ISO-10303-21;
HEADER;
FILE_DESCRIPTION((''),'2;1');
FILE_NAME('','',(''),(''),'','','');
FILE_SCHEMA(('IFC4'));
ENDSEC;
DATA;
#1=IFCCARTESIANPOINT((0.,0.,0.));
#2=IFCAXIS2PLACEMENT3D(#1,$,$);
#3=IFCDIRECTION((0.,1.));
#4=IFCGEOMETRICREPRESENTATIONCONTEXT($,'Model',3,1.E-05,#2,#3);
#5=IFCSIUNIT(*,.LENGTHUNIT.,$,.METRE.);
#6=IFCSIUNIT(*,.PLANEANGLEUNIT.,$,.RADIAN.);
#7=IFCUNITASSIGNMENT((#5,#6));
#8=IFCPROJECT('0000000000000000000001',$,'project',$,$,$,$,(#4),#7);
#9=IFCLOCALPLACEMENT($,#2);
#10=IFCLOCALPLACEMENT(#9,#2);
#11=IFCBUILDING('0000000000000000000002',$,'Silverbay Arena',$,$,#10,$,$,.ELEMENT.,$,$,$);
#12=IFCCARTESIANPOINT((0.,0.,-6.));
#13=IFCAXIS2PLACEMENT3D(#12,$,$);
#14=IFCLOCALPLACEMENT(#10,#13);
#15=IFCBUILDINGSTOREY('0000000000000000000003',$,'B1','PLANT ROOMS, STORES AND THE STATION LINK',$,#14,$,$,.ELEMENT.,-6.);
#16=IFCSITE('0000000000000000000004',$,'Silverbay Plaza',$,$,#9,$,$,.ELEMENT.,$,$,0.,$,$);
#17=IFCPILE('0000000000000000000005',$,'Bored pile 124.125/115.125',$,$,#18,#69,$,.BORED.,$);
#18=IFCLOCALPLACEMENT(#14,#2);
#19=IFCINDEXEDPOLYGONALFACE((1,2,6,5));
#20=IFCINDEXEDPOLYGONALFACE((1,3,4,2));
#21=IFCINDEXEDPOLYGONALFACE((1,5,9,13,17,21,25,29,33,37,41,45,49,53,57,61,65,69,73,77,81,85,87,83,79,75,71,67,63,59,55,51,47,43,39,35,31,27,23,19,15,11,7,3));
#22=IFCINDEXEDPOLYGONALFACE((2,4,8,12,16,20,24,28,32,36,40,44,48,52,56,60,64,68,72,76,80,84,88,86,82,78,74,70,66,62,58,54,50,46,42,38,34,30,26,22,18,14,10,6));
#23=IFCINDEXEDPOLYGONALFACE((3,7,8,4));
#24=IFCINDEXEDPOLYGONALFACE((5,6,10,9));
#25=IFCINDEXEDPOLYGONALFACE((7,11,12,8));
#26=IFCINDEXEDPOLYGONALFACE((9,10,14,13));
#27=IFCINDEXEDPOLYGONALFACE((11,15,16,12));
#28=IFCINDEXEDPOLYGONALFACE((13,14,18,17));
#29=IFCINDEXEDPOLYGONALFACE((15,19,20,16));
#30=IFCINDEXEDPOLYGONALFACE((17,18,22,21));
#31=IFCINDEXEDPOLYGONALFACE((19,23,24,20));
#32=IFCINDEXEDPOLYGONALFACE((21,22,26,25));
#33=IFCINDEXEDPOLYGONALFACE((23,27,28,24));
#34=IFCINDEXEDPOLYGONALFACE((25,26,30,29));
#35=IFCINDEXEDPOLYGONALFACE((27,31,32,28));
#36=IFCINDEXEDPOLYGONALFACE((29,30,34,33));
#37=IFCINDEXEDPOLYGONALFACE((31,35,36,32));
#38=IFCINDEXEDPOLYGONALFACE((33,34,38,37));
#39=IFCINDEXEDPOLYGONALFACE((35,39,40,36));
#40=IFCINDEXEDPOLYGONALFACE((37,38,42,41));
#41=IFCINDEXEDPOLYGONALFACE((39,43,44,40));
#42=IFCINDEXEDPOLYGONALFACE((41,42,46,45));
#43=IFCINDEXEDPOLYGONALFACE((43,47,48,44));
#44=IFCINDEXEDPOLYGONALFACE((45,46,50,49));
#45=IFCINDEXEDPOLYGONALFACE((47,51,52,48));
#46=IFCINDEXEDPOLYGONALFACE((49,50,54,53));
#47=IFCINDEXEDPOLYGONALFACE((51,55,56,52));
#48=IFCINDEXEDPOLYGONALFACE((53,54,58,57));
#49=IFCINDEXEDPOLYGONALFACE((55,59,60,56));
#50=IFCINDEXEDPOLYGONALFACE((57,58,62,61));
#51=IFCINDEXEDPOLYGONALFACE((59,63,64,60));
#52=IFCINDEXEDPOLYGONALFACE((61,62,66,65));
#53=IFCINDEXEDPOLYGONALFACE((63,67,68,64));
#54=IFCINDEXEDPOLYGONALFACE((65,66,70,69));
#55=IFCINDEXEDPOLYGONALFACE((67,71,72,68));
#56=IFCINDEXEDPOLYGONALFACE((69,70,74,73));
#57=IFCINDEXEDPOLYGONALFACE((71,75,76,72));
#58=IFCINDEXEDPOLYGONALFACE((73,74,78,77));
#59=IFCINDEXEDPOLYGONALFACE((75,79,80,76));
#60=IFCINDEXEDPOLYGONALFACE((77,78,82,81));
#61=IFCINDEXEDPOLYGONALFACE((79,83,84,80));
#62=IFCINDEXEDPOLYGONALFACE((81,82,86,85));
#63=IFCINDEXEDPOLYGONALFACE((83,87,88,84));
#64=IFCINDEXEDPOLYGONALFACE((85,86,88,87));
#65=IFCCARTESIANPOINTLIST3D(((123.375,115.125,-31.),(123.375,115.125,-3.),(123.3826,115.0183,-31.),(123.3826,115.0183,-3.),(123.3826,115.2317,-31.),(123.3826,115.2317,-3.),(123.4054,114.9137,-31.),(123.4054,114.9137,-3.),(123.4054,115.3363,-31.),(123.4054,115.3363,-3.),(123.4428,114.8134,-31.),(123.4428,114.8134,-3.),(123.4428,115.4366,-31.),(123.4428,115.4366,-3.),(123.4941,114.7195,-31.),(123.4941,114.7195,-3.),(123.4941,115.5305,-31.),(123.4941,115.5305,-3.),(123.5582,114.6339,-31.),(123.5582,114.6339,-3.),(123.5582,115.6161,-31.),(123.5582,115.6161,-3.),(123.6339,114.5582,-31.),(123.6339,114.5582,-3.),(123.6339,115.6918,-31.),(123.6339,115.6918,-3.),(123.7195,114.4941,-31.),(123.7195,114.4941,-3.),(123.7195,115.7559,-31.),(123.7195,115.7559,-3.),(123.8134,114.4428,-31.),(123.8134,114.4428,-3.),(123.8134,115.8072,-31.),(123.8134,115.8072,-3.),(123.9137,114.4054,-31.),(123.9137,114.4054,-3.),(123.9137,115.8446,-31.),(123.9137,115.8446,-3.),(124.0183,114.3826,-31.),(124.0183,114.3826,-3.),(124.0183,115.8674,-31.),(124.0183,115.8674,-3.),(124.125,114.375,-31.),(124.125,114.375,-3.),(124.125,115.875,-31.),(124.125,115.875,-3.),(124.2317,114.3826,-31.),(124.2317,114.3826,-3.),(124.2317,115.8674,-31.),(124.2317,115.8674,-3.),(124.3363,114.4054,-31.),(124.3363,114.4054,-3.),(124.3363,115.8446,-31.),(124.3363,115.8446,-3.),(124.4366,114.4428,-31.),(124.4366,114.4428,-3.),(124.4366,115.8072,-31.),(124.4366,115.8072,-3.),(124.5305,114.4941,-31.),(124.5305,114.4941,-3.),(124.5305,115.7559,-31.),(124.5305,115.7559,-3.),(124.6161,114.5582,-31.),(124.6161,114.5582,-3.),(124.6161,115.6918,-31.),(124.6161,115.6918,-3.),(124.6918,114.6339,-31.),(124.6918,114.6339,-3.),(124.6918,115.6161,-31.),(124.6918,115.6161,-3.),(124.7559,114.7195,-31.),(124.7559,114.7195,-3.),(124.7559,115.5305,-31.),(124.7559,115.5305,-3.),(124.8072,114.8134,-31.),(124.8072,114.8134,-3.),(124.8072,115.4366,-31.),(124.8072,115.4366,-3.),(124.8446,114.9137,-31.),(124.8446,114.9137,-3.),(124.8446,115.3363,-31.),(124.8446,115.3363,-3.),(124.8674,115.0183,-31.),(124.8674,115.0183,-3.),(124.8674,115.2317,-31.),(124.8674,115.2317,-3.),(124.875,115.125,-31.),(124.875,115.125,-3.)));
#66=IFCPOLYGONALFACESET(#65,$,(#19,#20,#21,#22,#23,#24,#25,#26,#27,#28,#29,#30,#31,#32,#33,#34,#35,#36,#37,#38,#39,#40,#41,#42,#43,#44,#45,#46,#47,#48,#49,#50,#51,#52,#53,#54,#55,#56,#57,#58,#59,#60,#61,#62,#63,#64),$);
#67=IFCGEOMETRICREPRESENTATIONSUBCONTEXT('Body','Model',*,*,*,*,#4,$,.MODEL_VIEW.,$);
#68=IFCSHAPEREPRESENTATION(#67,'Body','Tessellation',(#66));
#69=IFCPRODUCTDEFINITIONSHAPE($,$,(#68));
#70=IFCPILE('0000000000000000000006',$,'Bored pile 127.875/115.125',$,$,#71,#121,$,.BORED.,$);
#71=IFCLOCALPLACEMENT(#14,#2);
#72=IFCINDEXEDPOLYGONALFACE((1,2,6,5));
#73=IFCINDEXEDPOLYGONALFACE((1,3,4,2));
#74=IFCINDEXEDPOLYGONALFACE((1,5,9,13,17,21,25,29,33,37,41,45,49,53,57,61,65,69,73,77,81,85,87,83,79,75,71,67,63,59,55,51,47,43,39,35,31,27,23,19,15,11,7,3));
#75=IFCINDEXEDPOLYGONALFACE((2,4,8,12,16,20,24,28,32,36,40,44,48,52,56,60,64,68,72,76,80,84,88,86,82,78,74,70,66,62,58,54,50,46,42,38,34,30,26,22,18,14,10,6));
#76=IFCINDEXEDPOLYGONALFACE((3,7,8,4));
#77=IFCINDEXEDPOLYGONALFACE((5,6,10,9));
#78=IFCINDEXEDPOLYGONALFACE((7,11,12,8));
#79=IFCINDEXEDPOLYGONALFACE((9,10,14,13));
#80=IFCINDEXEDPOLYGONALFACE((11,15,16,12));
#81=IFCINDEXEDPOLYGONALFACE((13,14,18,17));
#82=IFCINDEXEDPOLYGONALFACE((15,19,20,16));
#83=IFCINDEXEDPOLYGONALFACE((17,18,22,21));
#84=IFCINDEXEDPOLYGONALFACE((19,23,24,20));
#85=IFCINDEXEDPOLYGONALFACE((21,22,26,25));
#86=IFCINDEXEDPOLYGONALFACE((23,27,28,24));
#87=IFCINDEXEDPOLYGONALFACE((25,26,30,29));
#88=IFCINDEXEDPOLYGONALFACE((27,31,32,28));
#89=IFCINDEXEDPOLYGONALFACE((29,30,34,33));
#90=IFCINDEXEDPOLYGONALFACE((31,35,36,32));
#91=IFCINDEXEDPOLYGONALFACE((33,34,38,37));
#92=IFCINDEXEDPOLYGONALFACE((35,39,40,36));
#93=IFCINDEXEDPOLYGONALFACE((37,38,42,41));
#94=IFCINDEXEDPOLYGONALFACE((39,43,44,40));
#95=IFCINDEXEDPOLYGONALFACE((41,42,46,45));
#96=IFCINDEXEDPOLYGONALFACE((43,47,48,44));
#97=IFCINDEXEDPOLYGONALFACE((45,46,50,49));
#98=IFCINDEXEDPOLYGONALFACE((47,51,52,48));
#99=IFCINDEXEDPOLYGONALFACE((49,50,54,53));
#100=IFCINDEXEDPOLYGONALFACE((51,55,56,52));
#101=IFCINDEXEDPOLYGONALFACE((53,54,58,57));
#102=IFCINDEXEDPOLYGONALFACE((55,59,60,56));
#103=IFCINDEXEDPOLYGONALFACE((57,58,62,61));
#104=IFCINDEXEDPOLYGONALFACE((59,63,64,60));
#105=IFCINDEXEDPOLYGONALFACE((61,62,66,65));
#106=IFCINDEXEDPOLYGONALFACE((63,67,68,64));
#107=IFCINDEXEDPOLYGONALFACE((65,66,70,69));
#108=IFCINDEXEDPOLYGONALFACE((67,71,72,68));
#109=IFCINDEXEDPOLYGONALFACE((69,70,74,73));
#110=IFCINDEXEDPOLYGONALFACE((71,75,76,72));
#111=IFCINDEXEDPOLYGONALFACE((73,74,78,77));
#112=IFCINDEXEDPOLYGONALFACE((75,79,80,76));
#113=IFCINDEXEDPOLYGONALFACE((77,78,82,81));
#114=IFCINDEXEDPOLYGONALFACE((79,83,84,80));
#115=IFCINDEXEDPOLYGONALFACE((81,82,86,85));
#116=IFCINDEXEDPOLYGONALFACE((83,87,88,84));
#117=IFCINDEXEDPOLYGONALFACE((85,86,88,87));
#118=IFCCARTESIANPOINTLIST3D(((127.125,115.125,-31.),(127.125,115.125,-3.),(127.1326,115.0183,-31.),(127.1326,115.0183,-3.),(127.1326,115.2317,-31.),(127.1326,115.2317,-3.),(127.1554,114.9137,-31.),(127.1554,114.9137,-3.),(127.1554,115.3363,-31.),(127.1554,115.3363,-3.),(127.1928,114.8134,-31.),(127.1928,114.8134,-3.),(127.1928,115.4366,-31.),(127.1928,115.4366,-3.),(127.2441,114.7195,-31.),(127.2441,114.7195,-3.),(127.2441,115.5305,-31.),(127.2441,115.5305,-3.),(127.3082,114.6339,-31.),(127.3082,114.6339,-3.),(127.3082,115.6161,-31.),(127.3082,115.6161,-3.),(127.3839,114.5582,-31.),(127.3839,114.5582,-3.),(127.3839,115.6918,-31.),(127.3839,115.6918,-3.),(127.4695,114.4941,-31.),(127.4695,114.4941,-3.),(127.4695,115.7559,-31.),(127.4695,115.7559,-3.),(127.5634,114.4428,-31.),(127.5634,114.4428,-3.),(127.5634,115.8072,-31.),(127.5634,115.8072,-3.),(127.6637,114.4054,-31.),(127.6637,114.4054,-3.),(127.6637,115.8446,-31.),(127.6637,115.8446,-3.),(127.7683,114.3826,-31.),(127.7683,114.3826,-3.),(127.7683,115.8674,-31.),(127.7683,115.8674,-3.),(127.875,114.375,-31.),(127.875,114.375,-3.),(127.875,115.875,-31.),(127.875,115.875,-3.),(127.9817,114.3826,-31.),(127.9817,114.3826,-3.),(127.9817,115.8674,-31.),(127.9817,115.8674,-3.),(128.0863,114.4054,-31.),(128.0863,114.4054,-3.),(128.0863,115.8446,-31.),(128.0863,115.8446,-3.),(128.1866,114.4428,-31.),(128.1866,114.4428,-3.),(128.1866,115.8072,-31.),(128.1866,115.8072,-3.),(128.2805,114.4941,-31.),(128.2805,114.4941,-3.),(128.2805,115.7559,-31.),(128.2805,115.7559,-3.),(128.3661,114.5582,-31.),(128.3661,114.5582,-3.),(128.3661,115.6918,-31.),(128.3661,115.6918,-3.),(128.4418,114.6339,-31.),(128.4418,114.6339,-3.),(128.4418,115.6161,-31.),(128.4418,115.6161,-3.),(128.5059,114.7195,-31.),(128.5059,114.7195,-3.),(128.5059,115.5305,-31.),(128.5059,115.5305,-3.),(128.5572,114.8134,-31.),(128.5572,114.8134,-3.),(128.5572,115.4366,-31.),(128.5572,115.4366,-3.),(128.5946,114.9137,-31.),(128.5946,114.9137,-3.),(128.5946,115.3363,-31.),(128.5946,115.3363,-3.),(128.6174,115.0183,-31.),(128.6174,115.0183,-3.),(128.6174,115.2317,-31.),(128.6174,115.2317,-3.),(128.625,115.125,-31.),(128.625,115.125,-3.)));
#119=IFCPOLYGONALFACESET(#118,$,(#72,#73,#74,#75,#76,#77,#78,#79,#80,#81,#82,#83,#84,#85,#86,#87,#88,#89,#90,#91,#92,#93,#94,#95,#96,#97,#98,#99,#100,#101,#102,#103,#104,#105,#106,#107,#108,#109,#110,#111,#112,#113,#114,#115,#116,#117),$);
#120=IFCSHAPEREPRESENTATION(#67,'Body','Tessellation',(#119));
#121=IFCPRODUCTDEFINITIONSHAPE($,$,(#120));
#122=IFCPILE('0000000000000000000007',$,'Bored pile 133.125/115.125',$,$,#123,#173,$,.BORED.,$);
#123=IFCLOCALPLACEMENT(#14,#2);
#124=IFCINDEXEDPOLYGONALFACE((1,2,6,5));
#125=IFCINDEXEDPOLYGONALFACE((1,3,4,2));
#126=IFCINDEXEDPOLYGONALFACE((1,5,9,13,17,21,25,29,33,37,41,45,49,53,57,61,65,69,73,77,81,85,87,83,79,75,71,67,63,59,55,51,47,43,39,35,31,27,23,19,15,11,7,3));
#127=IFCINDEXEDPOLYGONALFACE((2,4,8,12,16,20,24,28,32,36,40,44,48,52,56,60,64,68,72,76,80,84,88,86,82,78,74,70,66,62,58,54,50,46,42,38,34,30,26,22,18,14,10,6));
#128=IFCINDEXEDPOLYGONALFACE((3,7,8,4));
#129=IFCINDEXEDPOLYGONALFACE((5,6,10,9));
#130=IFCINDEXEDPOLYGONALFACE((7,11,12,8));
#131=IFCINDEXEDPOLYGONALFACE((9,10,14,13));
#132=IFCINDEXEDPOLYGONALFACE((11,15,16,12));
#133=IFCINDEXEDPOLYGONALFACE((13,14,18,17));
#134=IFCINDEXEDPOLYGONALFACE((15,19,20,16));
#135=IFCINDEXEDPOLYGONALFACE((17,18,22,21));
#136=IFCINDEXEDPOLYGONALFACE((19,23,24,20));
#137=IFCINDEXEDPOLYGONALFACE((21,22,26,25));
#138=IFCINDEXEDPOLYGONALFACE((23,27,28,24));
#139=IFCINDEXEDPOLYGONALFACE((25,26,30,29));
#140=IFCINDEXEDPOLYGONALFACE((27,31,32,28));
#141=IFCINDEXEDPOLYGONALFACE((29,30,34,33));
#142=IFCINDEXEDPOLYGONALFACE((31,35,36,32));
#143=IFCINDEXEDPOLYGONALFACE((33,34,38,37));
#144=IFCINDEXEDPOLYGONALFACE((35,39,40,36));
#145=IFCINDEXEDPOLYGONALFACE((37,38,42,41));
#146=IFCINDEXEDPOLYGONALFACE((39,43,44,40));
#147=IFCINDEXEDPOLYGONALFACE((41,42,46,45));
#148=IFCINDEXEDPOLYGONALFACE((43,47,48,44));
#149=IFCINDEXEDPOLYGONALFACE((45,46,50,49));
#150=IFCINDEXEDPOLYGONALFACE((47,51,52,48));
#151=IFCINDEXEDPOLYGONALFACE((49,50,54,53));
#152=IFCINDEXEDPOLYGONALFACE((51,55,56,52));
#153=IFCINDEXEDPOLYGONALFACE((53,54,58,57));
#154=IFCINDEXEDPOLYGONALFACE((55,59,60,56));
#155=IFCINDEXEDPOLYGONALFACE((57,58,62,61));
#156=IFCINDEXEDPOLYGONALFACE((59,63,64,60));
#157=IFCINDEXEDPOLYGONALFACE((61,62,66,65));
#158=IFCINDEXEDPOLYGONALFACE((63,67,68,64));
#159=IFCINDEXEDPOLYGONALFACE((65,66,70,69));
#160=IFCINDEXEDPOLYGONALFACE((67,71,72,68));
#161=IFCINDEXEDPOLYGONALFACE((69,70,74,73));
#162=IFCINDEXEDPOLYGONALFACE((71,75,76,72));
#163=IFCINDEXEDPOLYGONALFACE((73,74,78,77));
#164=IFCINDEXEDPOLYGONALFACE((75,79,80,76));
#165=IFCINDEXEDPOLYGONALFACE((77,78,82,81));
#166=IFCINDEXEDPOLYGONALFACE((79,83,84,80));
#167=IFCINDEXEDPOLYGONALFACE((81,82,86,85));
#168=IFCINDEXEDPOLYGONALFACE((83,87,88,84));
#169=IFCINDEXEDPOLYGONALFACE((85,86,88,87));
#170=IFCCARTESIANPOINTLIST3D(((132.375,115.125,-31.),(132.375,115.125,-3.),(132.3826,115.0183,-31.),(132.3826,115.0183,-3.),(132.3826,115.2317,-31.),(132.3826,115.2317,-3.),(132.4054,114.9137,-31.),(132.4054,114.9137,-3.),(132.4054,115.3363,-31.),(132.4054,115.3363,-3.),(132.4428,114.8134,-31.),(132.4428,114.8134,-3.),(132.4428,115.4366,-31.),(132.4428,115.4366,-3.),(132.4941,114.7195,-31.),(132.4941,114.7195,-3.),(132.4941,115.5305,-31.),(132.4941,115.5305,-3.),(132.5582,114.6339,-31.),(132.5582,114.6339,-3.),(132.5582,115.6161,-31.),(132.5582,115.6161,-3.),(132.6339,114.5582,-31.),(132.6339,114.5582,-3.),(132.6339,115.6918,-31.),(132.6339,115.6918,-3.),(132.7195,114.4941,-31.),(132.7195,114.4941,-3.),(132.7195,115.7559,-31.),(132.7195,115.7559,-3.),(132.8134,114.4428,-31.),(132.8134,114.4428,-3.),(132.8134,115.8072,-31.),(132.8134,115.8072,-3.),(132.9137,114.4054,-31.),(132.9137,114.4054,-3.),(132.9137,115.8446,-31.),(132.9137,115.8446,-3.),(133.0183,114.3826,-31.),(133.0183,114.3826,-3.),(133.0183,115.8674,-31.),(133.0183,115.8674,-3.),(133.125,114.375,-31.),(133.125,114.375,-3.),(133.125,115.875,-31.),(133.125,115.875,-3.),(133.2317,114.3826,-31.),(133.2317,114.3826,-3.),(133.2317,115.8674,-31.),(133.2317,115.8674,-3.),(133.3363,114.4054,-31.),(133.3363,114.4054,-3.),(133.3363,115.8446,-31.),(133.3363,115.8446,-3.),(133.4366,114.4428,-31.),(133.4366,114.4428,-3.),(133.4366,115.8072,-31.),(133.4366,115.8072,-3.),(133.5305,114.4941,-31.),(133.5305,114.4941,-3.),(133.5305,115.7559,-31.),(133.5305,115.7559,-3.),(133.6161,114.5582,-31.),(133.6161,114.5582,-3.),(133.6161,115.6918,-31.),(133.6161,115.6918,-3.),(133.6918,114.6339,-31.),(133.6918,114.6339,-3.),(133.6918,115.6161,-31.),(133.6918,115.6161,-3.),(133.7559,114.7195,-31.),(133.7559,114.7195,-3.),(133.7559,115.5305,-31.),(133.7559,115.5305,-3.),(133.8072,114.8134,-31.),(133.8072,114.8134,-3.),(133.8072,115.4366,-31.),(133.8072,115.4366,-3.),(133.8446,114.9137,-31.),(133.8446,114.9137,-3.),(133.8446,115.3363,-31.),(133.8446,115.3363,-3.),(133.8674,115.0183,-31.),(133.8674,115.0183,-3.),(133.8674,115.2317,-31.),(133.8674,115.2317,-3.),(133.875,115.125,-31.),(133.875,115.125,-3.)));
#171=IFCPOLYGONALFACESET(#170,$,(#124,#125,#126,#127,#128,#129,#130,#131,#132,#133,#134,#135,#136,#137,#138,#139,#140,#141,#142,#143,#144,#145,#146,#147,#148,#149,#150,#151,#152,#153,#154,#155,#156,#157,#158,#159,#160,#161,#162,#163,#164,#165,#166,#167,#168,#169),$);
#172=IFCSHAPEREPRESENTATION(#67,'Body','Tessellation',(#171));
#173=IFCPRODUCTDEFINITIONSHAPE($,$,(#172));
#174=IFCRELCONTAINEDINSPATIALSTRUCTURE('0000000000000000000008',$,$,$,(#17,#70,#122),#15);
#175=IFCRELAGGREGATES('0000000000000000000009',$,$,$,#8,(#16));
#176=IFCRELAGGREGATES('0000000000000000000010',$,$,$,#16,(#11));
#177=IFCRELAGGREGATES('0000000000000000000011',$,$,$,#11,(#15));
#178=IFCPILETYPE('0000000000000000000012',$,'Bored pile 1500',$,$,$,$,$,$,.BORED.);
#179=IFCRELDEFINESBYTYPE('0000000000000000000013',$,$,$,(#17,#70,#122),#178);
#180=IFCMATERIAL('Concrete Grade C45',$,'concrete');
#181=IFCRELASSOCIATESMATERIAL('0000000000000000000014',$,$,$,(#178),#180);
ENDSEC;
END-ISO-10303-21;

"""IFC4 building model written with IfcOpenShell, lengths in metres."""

from ifc_helpers import new_model, si_unit, direction, frame, origin, origin_2d, place, context, subcontext, project, spatial, circle, extrude, material, material_profile, profile_set, type_object, element, save


model = new_model("IFC4")

# Units and contexts
model_context = context("Model", 3, precision=1e-05, world=origin(), true_north=direction((0.0, 1.0)))
body_context = subcontext(model_context, "Body", "Model", "MODEL_VIEW")
ifc_project = project(units=[si_unit("LENGTHUNIT", "METRE"), si_unit("PLANEANGLEUNIT", "RADIAN")], contexts=[model_context])

# Site, building, storey
site_placement = place(None, origin())
site = spatial("IfcSite", under=ifc_project, at=site_placement, Name="Silverbay Plaza", CompositionType="ELEMENT", RefElevation=0.0)
building_placement = place(site_placement, origin())
building = spatial("IfcBuilding", under=site, at=building_placement, Name="Silverbay Arena", CompositionType="ELEMENT")
storey_placement = place(building_placement, frame((0.0, 0.0, -6.0)))
storey = spatial("IfcBuildingStorey", under=building, at=storey_placement, Name="B1", Description="PLANT ROOMS, STORES AND THE STATION LINK", CompositionType="ELEMENT", Elevation=-6.0)

# Piles
ifc_material_1 = material(Name="Concrete Grade C45", Category="concrete")
ifc_material_profile_1 = material_profile(ifc_material_1, circle(Radius=0.75, at=origin_2d()), Name="Bored pile 1500")
ifc_profile_set_1 = profile_set([ifc_material_profile_1], Name="Concrete Grade C45")
pile_type = type_object("IfcPileType", Name="Bored pile 1500", PredefinedType="BORED", material=ifc_profile_set_1)
for number, where, z_axis, x_axis, name in (
    (1, (124.125, 115.125, -3.0), (0.0, 0.0, -1.0), (1.0, 0.0, 0.0), "Bored pile 124.125/115.125"),
    (2, (127.875, 115.125, -3.0), (0.0, 0.0, -1.0), (1.0, 0.0, 0.0), "Bored pile 127.875/115.125"),
    (3, (133.125, 115.125, -3.0), (0.0, 0.0, -1.0), (1.0, 0.0, 0.0), "Bored pile 133.125/115.125"),
):
    element("IfcPile", number, at=place(storey_placement, frame(where, z_axis=z_axis, x_axis=x_axis)), inside=storey, type_object=pile_type, Name=name, PredefinedType="BORED", context=body_context, shape_type="SweptSolid", body=[
        extrude(circle(Radius=0.75, at=origin_2d()), origin(), (0.0, 0.0, 1.0), 28.0),
    ])

save(model, "model.ifc")
